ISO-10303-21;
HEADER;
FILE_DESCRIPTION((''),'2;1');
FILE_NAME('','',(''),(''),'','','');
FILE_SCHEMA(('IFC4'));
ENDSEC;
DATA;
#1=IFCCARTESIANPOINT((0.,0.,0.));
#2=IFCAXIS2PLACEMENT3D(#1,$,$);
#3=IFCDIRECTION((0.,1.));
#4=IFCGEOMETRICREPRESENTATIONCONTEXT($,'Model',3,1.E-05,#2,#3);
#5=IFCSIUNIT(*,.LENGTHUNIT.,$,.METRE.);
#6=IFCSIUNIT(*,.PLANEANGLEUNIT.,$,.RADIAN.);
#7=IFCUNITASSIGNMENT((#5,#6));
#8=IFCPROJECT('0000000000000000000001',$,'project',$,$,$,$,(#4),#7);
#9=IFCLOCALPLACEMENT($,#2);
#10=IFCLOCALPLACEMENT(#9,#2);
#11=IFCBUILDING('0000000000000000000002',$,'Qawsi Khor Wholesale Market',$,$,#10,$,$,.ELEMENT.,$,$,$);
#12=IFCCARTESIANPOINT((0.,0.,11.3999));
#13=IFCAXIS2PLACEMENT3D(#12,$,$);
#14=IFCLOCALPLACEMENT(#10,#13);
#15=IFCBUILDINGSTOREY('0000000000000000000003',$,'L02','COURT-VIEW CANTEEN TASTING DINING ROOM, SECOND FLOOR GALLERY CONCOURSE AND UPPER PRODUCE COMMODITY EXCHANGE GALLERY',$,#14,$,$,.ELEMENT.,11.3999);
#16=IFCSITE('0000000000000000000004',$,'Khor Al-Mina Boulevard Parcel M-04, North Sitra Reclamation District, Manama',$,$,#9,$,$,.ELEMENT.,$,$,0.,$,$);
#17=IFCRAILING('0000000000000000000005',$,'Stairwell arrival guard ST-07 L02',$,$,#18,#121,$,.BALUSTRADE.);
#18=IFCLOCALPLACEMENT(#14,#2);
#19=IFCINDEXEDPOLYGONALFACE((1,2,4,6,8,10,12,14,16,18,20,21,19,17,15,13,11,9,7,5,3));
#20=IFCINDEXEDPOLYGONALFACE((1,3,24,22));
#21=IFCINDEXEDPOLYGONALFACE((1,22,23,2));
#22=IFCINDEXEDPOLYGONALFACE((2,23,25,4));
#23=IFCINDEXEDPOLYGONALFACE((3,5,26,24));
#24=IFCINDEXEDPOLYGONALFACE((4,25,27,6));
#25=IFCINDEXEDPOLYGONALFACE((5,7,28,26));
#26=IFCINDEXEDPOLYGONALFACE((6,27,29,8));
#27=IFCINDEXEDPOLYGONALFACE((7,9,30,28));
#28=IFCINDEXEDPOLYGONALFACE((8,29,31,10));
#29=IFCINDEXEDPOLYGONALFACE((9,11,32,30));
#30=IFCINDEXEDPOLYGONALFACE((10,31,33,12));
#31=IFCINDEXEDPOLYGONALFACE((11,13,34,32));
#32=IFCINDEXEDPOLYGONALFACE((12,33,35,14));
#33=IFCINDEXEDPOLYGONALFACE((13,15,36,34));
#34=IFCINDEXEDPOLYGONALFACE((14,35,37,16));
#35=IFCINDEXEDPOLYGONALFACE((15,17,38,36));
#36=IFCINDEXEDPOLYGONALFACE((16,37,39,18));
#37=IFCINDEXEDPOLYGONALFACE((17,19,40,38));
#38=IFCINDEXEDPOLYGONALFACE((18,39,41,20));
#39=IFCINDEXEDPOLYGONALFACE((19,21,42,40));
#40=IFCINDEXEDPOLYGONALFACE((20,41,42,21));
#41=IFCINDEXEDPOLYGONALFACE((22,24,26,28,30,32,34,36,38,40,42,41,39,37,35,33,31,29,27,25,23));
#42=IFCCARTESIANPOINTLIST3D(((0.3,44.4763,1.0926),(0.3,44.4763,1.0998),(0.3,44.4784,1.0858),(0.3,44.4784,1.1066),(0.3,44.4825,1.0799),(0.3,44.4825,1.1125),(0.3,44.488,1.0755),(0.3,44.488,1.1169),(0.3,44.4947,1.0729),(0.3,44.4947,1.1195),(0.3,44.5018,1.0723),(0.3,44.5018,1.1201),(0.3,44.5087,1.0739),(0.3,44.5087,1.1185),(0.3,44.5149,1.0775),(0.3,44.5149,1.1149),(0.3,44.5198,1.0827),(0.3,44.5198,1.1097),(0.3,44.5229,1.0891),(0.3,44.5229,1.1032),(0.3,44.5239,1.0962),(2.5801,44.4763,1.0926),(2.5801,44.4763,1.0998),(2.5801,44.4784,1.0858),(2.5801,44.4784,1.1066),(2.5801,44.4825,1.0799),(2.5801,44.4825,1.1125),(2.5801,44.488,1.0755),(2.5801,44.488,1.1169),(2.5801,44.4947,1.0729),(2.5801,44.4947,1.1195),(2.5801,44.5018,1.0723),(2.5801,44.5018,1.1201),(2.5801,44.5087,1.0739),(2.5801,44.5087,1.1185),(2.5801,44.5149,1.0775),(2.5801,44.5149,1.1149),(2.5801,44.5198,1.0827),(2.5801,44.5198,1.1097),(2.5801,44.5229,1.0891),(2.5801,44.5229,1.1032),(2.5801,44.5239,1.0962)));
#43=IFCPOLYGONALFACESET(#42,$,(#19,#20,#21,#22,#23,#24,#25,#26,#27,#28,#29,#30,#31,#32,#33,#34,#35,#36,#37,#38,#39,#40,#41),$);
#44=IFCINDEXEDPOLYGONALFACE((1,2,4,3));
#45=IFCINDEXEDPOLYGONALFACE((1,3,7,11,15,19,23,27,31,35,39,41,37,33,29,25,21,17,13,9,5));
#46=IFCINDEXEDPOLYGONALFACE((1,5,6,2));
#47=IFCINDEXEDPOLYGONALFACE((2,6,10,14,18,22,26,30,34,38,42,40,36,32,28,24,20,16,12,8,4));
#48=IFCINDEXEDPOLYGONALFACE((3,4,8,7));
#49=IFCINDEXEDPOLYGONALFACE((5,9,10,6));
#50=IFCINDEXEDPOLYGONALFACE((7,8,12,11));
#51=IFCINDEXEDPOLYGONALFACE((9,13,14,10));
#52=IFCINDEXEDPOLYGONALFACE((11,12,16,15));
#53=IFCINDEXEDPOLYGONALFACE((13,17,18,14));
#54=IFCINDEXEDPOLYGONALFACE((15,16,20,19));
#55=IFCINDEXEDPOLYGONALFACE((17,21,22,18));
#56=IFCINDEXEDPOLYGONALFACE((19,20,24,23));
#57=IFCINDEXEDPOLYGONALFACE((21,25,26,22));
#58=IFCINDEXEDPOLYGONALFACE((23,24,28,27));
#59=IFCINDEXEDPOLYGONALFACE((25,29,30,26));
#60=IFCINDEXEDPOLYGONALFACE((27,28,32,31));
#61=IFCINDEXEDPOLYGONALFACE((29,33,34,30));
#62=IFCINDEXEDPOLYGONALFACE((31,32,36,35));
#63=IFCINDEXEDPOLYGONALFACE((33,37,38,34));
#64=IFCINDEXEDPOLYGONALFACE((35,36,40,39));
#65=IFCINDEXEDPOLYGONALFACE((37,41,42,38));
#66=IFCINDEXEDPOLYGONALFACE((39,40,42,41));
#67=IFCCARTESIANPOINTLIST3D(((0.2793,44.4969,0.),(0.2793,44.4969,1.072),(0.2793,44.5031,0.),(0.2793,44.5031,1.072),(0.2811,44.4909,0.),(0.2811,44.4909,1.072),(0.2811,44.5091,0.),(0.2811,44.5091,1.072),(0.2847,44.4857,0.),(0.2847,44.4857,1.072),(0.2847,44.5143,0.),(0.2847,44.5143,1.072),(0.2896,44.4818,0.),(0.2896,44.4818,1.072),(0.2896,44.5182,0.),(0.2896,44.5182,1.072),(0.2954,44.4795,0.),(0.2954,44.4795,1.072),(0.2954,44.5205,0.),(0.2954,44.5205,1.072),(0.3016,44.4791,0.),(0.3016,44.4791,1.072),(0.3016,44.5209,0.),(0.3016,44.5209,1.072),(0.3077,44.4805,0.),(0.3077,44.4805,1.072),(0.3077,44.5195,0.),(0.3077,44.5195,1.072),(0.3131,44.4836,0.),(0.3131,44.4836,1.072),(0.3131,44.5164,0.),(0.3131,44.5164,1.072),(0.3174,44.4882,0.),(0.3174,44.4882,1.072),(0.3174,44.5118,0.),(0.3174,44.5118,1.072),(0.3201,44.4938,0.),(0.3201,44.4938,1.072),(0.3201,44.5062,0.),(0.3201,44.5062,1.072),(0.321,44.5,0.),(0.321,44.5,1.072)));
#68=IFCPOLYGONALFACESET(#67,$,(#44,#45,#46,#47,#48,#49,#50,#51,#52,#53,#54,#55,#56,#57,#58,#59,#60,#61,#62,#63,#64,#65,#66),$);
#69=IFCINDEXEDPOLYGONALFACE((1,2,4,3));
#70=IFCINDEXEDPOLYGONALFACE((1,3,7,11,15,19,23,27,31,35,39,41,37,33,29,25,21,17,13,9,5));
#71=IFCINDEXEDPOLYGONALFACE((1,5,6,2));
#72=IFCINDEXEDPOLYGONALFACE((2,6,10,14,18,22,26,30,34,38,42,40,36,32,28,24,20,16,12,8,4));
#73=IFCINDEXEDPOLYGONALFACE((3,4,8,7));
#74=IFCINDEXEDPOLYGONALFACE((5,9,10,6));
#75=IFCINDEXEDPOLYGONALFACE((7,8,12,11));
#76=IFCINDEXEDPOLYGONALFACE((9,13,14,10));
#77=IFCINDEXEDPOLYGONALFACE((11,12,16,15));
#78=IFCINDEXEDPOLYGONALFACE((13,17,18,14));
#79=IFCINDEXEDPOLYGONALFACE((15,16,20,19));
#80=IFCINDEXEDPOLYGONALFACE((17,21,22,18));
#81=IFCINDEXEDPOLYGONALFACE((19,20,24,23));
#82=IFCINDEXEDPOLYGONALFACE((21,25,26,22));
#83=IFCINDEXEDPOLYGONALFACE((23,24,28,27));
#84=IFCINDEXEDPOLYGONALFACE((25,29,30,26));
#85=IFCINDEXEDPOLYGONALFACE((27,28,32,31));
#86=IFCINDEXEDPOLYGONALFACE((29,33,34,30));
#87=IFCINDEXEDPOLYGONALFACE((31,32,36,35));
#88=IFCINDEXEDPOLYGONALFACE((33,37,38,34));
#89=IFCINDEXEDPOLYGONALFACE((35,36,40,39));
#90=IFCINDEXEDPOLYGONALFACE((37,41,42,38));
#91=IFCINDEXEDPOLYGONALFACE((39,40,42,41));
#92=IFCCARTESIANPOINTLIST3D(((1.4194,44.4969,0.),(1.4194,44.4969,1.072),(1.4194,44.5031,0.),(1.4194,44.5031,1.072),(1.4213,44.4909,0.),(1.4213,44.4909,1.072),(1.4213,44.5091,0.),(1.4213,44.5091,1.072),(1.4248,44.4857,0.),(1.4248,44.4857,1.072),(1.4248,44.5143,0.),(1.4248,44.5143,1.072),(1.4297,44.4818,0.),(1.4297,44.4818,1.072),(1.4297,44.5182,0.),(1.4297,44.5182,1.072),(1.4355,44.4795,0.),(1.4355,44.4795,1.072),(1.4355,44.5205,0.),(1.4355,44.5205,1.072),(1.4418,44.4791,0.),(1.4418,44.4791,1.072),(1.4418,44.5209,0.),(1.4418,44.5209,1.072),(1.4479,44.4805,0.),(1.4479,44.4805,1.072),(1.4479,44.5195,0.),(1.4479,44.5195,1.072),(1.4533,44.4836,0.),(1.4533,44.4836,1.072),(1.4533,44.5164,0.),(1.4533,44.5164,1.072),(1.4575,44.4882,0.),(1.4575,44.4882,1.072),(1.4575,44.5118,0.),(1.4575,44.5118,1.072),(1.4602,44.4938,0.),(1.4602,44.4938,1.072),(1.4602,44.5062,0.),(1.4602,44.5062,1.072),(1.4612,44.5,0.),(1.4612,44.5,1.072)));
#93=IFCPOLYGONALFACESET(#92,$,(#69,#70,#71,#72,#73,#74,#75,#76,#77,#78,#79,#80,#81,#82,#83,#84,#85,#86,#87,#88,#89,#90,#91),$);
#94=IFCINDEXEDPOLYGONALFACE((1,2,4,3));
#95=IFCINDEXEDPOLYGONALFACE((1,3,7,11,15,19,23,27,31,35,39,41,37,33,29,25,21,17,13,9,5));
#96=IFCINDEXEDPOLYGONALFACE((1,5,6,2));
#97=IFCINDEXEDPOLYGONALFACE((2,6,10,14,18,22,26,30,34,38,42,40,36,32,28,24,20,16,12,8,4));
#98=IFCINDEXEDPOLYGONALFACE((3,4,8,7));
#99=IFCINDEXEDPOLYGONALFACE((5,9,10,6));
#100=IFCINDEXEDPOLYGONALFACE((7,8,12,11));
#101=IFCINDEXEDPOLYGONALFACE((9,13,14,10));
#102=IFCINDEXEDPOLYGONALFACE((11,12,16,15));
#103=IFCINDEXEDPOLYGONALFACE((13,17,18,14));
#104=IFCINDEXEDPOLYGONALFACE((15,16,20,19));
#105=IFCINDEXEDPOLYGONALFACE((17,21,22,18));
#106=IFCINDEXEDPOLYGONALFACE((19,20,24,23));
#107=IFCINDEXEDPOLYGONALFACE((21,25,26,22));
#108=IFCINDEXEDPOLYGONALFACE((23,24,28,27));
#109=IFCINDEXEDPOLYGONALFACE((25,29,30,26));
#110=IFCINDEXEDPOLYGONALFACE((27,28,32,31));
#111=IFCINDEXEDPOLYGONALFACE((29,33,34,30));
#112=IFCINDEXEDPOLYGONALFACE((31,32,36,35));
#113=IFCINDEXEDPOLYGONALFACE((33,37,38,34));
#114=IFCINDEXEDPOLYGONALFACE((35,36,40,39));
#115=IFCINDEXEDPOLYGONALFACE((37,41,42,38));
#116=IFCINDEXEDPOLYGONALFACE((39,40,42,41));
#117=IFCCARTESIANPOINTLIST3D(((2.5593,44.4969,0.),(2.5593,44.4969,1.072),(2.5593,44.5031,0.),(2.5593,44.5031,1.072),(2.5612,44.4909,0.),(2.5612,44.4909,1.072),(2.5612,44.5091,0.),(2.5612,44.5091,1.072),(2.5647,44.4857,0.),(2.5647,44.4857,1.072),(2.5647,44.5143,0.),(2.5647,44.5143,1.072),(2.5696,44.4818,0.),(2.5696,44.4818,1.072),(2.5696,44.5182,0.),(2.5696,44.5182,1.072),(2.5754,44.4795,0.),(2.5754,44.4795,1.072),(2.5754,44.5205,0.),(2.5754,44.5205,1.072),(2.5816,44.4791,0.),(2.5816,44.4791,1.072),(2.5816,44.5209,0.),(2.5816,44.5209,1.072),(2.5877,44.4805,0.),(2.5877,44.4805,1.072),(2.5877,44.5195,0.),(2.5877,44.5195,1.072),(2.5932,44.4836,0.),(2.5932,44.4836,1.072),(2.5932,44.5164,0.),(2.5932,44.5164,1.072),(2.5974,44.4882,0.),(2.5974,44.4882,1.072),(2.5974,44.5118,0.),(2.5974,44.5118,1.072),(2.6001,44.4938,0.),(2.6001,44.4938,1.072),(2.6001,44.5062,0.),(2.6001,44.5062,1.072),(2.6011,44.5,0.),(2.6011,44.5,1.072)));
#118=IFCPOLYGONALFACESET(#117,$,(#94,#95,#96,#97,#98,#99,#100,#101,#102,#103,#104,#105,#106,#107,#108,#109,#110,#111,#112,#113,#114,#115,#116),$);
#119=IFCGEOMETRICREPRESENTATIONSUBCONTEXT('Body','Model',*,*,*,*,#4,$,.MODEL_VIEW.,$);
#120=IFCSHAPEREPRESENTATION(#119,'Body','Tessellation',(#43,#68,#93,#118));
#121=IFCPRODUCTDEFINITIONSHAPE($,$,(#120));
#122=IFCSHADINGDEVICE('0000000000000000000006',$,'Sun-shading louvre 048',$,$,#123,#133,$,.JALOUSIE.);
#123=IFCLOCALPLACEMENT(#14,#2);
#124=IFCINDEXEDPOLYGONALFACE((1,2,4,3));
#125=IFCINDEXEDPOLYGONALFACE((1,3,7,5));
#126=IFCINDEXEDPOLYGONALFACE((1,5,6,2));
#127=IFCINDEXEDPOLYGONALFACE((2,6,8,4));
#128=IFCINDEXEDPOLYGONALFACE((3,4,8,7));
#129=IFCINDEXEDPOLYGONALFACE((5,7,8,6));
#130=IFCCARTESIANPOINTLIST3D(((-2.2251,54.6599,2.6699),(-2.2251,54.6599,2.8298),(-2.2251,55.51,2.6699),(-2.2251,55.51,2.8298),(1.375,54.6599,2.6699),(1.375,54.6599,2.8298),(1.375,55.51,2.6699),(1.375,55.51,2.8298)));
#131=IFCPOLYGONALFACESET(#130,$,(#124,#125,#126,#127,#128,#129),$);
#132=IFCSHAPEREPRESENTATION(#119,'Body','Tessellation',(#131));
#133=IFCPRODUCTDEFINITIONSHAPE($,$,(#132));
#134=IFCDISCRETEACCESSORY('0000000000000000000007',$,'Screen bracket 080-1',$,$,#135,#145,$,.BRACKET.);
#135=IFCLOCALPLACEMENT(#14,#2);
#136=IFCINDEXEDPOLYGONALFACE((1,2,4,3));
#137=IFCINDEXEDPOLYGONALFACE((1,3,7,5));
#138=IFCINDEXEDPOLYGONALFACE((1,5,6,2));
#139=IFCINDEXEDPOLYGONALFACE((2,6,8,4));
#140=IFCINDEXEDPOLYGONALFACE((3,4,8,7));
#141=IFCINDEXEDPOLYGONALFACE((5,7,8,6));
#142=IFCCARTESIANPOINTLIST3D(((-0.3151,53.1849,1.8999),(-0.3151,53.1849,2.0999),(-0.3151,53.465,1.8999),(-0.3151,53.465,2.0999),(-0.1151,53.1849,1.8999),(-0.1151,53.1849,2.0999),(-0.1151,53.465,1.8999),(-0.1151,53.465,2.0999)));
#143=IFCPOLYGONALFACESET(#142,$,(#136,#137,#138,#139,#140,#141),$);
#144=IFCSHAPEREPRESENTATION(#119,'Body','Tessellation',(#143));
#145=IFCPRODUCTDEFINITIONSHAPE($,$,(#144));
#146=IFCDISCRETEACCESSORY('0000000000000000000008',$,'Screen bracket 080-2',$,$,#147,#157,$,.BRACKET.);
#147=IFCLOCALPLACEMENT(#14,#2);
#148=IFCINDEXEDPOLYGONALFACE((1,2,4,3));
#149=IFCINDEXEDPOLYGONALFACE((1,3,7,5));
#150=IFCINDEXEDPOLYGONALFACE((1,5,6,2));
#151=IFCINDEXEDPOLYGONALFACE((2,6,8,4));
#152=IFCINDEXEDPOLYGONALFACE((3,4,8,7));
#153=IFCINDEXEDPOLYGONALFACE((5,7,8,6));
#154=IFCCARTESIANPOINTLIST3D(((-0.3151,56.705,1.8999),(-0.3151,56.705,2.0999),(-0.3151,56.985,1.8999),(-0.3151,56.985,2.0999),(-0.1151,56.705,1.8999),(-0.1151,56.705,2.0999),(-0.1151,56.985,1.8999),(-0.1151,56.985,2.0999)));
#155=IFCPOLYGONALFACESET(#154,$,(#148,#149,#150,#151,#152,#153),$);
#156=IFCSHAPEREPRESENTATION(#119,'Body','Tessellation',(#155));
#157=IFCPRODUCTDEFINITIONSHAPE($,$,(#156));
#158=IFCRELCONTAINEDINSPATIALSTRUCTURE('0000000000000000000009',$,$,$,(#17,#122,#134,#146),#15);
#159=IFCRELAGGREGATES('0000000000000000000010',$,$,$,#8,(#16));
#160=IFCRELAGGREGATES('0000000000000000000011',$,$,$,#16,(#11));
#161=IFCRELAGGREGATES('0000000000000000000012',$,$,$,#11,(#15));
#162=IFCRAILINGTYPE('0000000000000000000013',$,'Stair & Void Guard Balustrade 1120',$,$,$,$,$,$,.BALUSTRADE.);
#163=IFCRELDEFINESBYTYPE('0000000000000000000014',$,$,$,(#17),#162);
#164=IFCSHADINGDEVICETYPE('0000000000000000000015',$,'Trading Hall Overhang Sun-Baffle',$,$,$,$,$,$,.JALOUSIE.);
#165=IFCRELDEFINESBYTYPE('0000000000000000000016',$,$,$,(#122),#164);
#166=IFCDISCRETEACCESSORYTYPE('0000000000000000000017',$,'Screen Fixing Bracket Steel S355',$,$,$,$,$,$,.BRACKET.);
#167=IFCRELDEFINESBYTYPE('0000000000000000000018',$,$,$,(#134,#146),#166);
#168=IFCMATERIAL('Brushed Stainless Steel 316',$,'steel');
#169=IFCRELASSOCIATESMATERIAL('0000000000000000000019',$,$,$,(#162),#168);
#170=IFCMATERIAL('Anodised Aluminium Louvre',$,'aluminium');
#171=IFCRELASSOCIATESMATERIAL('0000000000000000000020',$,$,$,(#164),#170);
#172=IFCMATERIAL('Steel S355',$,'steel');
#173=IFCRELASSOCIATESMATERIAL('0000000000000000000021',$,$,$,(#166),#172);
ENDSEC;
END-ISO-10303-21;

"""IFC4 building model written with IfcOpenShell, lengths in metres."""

from ifc_helpers import new_model, si_unit, direction, frame, origin, origin_2d, place, context, subcontext, project, spatial, rectangle, circle, extrude, material, type_object, element, save


model = new_model("IFC4")

# Units and contexts
model_context = context("Model", 3, precision=1e-05, world=origin(), true_north=direction((0.0, 1.0)))
body_context = subcontext(model_context, "Body", "Model", "MODEL_VIEW")
ifc_project = project(units=[si_unit("LENGTHUNIT", "METRE"), si_unit("PLANEANGLEUNIT", "RADIAN")], contexts=[model_context])

# Site, building, storey
site_placement = place(None, origin())
site = spatial("IfcSite", under=ifc_project, at=site_placement, Name="Khor Al-Mina Boulevard Parcel M-04, North Sitra Reclamation District, Manama", CompositionType="ELEMENT", RefElevation=0.0)
building_placement = place(site_placement, origin())
building = spatial("IfcBuilding", under=site, at=building_placement, Name="Qawsi Khor Wholesale Market", CompositionType="ELEMENT")
storey_placement = place(building_placement, frame((0.0, 0.0, 11.3999)))
storey = spatial("IfcBuildingStorey", under=building, at=storey_placement, Name="L02", Description="COURT-VIEW CANTEEN TASTING DINING ROOM, SECOND FLOOR GALLERY CONCOURSE AND UPPER PRODUCE COMMODITY EXCHANGE GALLERY", CompositionType="ELEMENT", Elevation=11.3999)

# Shared definitions
ifc_material_1 = material(Name="Steel S355", Category="steel")

# Railing
ifc_material_2 = material(Name="Brushed Stainless Steel 316", Category="steel")
railing_type = type_object("IfcRailingType", Name="Stair & Void Guard Balustrade 1120", PredefinedType="BALUSTRADE", material=ifc_material_2)
railing_placement = place(storey_placement, frame((0.3, 44.5, 0.0)))
element("IfcRailing", 1, at=railing_placement, inside=storey, type_object=railing_type, Name="Stairwell arrival guard ST-07 L02", PredefinedType="BALUSTRADE", context=body_context, shape_type="SweptSolid", body=[
    extrude(circle(Radius=0.0239, at=origin_2d()), frame((0.0, 0.0, 1.0962), z_axis=(1.0, 0.0, 0.0), x_axis=(0.0, 1.0, 0.0)), (0.0, 0.0, 1.0), 2.28),
    extrude(circle(Radius=0.021, at=origin_2d()), origin(), (0.0, 0.0, 1.0), 1.072),
    extrude(circle(Radius=0.021, at=origin_2d()), frame((1.1401, 0.0, 0.0)), (0.0, 0.0, 1.0), 1.072),
    extrude(circle(Radius=0.021, at=origin_2d()), frame((2.28, 0.0, 0.0)), (0.0, 0.0, 1.0), 1.072),
])

# Shading device
ifc_material_3 = material(Name="Anodised Aluminium Louvre", Category="aluminium")
shading_device_type = type_object("IfcShadingDeviceType", Name="Trading Hall Overhang Sun-Baffle", PredefinedType="JALOUSIE", material=ifc_material_3)
shading_device_placement = place(storey_placement, frame((-0.425, 55.085, 2.6699), z_axis=(0.0, 0.0, 1.0), x_axis=(1.0, 0.0, 0.0)))
element("IfcShadingDevice", 2, at=shading_device_placement, inside=storey, type_object=shading_device_type, Name="Sun-shading louvre 048", PredefinedType="JALOUSIE", context=body_context, shape_type="SweptSolid", body=[
    extrude(rectangle(XDim=3.6001, YDim=0.8501, at=origin_2d()), origin(), (0.0, 0.0, 1.0), 0.1599),
])

# Discrete accessories
discrete_accessory_type = type_object("IfcDiscreteAccessoryType", Name="Screen Fixing Bracket Steel S355", PredefinedType="BRACKET", material=ifc_material_1)
for number, where, z_axis, x_axis, name in (
    (3, (-0.2151, 53.325, 1.8999), (0.0, 0.0, 1.0), (1.0, 0.0, 0.0), "Screen bracket 080-1"),
    (4, (-0.2151, 56.845, 1.8999), (0.0, 0.0, 1.0), (1.0, 0.0, 0.0), "Screen bracket 080-2"),
):
    element("IfcDiscreteAccessory", number, at=place(storey_placement, frame(where, z_axis=z_axis, x_axis=x_axis)), inside=storey, type_object=discrete_accessory_type, Name=name, PredefinedType="BRACKET", context=body_context, shape_type="SweptSolid", body=[
        extrude(rectangle(XDim=0.2, YDim=0.28, at=origin_2d()), origin(), (0.0, 0.0, 1.0), 0.2),
    ])

save(model, "model.ifc")
